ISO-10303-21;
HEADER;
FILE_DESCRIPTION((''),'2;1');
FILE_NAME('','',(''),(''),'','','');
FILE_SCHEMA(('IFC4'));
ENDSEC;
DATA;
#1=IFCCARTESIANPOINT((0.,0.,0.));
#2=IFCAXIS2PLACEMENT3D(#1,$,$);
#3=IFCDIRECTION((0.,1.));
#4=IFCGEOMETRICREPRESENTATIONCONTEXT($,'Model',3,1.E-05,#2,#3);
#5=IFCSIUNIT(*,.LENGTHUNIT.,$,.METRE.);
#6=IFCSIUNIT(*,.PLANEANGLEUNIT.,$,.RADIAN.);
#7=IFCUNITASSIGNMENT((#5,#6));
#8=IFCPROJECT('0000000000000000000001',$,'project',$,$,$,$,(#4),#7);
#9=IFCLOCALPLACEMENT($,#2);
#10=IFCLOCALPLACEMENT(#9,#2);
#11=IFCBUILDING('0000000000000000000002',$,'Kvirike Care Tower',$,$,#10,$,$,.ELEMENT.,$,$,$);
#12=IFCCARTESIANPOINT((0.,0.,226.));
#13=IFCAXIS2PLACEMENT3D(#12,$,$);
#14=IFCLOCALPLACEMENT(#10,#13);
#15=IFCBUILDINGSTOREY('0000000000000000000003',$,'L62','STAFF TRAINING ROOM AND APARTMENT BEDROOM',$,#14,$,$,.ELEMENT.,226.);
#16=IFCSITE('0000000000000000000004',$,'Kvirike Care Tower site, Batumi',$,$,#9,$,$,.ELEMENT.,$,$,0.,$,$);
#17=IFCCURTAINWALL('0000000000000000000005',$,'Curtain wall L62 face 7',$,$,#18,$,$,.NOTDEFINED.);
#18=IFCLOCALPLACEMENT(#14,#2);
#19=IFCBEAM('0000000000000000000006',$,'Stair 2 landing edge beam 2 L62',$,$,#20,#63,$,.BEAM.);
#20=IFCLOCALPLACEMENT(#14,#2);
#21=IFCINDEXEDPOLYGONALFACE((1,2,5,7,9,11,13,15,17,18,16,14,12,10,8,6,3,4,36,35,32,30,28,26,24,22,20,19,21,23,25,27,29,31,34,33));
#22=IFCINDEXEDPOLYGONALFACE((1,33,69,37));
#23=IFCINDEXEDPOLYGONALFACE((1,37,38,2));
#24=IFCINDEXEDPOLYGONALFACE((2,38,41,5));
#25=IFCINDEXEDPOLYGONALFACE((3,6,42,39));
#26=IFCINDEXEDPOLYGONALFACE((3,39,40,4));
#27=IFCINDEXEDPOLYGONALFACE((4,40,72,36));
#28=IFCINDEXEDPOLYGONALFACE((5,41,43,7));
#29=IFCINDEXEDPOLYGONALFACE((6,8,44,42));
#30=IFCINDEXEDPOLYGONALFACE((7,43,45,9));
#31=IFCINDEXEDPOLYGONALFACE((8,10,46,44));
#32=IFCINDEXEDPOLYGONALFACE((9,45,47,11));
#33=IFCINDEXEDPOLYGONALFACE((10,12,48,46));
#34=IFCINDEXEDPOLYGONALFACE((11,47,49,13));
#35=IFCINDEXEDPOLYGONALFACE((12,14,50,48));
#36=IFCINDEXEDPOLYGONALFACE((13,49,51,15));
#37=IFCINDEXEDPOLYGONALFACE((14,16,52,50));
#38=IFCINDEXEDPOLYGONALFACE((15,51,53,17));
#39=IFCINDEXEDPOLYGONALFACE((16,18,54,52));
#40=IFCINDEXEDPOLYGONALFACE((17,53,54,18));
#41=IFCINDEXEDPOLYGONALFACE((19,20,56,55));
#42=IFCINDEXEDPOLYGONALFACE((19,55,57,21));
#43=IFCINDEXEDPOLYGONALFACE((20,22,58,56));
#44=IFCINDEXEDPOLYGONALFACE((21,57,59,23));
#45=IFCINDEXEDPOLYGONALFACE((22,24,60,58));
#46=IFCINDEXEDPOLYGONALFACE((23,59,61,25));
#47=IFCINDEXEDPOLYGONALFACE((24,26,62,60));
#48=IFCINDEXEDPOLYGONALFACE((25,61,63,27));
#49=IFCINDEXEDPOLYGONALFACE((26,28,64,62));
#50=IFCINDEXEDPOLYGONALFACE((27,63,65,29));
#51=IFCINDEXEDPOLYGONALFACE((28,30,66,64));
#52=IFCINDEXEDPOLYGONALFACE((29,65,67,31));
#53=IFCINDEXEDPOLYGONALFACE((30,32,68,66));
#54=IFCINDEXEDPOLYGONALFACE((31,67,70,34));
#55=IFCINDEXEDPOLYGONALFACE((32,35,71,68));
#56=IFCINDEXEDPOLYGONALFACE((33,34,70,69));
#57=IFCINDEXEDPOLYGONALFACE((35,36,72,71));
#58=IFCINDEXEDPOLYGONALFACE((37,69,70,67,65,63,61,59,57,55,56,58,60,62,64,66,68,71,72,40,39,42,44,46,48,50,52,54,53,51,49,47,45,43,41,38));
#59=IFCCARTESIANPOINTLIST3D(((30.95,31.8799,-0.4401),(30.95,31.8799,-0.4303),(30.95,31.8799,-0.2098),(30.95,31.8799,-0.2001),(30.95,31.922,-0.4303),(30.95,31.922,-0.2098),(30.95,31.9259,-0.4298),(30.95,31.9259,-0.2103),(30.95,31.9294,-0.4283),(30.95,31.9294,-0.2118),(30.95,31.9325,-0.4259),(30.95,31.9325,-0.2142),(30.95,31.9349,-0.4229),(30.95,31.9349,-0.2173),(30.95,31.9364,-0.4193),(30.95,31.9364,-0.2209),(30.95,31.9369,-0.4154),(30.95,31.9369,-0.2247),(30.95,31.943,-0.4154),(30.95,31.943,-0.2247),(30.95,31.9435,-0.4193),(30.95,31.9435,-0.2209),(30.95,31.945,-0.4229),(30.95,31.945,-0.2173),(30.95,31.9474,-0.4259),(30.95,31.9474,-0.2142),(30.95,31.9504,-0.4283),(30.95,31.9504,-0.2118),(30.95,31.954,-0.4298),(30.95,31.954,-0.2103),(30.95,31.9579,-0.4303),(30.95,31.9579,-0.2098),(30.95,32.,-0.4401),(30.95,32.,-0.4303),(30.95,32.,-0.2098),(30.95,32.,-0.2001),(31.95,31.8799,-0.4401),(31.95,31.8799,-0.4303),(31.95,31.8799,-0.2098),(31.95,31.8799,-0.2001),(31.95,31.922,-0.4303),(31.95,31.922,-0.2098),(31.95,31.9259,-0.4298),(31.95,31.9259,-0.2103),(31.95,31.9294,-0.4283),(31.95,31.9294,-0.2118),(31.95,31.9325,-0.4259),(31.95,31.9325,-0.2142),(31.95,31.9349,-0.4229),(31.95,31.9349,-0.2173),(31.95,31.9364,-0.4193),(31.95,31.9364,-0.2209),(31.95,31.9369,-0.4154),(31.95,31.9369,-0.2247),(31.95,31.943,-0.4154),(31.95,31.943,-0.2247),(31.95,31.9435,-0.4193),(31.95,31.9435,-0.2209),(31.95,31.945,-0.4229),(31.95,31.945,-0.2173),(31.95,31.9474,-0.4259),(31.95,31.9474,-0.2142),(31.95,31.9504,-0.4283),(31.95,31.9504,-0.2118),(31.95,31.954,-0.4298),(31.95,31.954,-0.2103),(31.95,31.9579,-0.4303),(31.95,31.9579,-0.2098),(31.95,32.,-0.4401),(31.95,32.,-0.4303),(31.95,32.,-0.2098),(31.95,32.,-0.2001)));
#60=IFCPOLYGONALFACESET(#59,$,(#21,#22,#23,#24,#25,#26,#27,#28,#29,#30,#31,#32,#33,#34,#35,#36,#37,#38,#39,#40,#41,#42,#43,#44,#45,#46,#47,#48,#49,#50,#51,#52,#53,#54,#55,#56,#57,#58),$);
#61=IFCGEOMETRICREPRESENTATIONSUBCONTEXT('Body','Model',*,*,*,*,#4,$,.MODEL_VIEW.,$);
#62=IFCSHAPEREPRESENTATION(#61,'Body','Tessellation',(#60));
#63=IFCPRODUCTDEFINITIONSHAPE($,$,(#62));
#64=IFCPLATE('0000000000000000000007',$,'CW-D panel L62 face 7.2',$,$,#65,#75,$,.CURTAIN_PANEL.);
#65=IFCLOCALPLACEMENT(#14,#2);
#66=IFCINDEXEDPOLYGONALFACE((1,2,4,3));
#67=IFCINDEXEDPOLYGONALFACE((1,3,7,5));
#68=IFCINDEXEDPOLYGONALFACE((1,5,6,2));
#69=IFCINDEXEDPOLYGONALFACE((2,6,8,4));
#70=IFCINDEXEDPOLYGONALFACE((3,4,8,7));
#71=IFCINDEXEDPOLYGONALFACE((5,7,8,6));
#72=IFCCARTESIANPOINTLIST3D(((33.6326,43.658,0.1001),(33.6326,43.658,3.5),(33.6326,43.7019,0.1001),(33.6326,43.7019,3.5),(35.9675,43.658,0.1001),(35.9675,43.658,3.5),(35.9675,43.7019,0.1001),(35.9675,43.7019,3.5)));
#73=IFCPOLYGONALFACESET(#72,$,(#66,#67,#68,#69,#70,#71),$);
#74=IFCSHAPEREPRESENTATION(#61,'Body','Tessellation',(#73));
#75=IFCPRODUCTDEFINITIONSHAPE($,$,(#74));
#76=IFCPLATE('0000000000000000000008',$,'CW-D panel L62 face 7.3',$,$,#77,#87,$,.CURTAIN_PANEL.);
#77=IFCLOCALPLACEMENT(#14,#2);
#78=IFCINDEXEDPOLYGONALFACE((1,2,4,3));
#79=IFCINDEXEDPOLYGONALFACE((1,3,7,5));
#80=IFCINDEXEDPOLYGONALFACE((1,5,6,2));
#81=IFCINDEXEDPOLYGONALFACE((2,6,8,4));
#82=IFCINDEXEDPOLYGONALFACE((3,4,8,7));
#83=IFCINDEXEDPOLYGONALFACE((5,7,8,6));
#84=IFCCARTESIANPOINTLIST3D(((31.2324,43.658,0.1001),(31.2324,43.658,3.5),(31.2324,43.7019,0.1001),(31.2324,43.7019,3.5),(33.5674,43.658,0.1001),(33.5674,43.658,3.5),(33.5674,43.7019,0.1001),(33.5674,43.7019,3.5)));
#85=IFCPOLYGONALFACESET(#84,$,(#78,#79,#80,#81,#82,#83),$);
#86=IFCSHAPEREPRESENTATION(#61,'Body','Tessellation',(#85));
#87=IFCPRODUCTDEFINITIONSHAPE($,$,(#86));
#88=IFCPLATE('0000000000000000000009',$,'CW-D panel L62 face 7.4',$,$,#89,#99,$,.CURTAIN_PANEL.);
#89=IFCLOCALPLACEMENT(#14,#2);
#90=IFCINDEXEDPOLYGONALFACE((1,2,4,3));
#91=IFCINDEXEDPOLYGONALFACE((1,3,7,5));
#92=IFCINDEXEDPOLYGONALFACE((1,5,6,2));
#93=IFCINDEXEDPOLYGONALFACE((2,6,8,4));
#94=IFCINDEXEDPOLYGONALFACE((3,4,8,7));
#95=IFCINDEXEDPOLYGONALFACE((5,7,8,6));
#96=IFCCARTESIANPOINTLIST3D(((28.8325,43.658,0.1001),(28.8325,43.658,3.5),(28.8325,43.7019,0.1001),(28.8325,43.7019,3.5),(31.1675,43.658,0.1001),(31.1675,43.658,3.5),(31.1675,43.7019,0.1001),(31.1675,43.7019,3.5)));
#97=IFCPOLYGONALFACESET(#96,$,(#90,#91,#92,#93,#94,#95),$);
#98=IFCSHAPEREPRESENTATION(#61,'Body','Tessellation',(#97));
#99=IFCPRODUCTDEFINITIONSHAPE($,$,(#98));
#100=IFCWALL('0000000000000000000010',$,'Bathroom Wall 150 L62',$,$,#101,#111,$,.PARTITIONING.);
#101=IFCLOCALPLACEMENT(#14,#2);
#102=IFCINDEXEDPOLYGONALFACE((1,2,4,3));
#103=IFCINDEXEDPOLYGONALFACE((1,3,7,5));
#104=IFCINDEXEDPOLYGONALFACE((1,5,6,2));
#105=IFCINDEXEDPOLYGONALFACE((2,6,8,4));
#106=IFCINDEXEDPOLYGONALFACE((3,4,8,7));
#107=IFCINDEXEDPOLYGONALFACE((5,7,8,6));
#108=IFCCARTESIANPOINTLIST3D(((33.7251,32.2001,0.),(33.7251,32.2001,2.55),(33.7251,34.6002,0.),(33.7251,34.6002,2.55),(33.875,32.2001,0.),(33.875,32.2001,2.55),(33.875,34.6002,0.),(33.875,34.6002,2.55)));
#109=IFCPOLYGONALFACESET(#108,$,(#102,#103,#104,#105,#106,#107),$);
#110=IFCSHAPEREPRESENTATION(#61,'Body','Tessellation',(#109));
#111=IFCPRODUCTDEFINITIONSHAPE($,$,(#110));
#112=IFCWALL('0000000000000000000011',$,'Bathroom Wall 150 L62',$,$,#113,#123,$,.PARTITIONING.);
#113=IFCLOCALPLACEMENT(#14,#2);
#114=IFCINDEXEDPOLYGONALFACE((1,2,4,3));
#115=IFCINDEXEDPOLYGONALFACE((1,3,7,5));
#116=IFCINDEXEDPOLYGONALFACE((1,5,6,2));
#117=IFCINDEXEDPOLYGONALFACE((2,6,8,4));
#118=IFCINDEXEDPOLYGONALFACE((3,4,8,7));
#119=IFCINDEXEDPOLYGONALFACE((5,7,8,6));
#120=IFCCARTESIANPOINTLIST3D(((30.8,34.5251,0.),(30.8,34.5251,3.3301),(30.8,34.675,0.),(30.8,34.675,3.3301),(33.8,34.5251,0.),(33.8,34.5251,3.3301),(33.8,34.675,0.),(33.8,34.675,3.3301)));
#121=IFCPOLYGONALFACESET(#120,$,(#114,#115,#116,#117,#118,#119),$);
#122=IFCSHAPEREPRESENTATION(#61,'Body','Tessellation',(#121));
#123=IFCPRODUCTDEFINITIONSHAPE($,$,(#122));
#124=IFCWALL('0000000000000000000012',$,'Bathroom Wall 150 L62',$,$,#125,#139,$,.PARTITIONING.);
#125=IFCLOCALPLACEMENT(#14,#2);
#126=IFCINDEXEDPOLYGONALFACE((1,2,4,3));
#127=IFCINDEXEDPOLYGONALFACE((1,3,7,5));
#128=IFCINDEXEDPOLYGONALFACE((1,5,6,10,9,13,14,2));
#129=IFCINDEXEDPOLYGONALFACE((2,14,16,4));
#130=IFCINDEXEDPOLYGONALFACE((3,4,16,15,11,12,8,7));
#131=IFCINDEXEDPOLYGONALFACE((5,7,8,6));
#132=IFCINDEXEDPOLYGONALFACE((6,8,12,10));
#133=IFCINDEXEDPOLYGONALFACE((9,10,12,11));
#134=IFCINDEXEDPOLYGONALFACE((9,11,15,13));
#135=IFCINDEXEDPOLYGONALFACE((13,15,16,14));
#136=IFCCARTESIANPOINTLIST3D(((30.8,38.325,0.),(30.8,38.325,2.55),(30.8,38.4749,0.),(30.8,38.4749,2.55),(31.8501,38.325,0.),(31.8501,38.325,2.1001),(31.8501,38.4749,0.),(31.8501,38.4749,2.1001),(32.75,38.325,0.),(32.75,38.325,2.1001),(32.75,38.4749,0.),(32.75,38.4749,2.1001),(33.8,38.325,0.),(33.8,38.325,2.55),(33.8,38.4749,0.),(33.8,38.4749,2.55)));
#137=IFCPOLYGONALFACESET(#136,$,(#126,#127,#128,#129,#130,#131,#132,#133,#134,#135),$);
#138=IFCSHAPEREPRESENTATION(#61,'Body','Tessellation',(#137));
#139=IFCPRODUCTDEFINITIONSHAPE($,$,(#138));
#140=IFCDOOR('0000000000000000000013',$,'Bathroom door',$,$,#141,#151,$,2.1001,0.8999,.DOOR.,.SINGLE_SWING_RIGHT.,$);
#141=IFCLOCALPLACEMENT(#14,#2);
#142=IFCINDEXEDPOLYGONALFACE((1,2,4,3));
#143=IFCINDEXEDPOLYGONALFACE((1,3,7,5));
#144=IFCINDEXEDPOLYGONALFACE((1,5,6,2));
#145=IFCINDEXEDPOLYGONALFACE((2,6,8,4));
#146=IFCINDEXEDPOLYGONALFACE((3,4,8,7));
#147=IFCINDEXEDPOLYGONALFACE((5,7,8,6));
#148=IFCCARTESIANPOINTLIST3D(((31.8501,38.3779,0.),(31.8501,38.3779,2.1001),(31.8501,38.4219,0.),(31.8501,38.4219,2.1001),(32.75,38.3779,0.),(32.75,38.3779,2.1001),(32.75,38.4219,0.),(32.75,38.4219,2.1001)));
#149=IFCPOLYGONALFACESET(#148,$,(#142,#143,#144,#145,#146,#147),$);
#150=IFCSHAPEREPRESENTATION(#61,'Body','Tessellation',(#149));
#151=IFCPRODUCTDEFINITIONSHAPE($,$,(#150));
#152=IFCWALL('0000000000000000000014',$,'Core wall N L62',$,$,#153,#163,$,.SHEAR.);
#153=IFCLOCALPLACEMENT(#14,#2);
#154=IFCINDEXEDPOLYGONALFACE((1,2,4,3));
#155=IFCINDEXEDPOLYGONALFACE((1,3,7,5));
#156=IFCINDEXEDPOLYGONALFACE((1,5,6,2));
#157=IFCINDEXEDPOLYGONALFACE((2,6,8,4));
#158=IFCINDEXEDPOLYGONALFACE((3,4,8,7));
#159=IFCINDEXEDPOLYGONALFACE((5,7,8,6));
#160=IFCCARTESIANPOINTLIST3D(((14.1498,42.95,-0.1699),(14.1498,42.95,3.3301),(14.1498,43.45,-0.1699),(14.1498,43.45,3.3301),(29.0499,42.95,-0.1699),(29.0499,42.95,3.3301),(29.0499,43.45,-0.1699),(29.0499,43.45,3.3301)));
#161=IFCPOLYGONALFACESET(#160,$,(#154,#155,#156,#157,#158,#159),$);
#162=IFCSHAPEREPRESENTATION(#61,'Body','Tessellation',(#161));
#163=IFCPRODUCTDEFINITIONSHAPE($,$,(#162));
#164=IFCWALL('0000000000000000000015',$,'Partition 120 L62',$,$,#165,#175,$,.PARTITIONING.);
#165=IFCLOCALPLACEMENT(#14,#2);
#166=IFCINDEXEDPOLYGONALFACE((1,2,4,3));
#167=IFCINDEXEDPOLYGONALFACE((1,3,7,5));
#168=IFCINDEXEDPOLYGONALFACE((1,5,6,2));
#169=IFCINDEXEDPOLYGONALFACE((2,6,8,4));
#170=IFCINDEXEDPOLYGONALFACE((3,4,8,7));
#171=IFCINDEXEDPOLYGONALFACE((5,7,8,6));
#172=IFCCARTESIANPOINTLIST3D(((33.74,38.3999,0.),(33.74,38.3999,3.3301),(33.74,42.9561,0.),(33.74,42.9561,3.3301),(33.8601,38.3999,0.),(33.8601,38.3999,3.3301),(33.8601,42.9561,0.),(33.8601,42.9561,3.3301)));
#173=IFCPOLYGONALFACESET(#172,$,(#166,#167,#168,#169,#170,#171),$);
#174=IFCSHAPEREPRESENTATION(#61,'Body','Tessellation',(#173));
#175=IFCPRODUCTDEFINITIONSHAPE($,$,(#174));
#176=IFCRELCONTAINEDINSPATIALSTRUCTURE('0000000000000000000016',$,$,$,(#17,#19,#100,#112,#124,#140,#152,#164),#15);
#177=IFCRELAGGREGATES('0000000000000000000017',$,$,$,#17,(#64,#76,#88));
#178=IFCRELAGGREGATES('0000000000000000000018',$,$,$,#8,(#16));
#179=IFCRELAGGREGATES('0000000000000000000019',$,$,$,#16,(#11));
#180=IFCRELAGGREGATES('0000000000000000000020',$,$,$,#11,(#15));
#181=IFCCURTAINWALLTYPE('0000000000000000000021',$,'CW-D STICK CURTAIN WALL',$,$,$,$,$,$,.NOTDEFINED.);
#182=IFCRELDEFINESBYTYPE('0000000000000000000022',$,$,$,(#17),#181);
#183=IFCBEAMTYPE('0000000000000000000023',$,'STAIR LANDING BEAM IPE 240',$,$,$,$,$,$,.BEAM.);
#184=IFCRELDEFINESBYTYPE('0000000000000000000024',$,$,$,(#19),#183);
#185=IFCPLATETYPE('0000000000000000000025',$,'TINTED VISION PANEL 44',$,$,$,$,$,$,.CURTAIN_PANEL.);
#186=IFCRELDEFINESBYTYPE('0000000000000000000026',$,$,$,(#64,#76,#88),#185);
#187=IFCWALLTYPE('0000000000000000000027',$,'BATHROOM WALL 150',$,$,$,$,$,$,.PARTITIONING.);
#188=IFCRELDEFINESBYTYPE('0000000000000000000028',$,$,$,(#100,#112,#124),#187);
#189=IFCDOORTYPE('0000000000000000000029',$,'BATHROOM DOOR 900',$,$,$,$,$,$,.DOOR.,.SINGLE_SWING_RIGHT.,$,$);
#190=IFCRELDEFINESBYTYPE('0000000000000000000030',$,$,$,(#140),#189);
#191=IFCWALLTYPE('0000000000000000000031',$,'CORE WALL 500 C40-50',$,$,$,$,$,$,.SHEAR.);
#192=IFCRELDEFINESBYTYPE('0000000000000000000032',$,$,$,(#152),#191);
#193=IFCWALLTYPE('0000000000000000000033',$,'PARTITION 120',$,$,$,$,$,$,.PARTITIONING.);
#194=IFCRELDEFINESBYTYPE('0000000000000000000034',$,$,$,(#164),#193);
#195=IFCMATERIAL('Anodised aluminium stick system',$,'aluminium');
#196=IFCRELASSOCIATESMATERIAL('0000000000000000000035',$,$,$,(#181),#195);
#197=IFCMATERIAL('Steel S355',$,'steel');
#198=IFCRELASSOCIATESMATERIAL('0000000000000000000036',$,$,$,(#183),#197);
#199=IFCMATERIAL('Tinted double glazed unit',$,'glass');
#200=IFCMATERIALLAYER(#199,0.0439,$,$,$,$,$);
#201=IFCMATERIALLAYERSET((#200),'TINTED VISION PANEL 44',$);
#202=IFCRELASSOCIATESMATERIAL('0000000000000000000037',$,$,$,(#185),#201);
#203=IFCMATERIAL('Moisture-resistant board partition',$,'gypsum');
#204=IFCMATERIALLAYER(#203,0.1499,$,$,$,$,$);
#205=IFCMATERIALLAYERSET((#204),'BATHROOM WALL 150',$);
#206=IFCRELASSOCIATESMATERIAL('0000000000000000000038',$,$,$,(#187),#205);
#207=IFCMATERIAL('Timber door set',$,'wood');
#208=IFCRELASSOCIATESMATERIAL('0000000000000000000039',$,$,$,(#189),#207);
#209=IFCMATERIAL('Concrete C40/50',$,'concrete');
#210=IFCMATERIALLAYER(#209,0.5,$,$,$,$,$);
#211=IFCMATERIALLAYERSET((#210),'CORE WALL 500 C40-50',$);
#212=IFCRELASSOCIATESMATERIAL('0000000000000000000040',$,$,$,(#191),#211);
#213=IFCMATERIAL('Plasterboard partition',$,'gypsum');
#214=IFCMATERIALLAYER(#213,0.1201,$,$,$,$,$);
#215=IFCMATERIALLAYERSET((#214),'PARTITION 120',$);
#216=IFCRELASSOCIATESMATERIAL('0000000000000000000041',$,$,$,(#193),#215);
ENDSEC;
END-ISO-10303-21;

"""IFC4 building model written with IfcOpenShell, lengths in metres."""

from ifc_helpers import new_model, si_unit, direction, frame, frame_2d, origin, origin_2d, place, context, subcontext, project, spatial, rectangle, i_section, extrude, material, layer, layer_set, material_profile, profile_set, type_object, element, fill, aggregate, save


model = new_model("IFC4")

# Units and contexts
model_context = context("Model", 3, precision=1e-05, world=origin(), true_north=direction((0.0, 1.0)))
body_context = subcontext(model_context, "Body", "Model", "MODEL_VIEW")
ifc_project = project(units=[si_unit("LENGTHUNIT", "METRE"), si_unit("PLANEANGLEUNIT", "RADIAN")], contexts=[model_context])

# Site, building, storey
site_placement = place(None, origin())
site = spatial("IfcSite", under=ifc_project, at=site_placement, Name="Kvirike Care Tower site, Batumi", CompositionType="ELEMENT", RefElevation=0.0)
building_placement = place(site_placement, origin())
building = spatial("IfcBuilding", under=site, at=building_placement, Name="Kvirike Care Tower", CompositionType="ELEMENT")
storey_placement = place(building_placement, frame((0.0, 0.0, 226.0)))
storey = spatial("IfcBuildingStorey", under=building, at=storey_placement, Name="L62", Description="STAFF TRAINING ROOM AND APARTMENT BEDROOM", CompositionType="ELEMENT", Elevation=226.0)

# Curtain wall
ifc_material_1 = material(Name="Anodised aluminium stick system", Category="aluminium")
curtain_wall_type = type_object("IfcCurtainWallType", Name="CW-D STICK CURTAIN WALL", PredefinedType="NOTDEFINED", material=ifc_material_1)
curtain_wall_placement = place(storey_placement, origin())
curtain_wall = element("IfcCurtainWall", 1, at=curtain_wall_placement, inside=storey, type_object=curtain_wall_type, Name="Curtain wall L62 face 7", PredefinedType="NOTDEFINED")

# Beam
ifc_material_2 = material(Name="Steel S355", Category="steel")
ifc_material_profile_1 = material_profile(ifc_material_2, i_section(OverallWidth=0.1201, OverallDepth=0.24, WebThickness=0.0061, FlangeThickness=0.0098, FilletRadius=0.0149, at=origin_2d()), Name="IPE 240")
ifc_profile_set_1 = profile_set([ifc_material_profile_1], Name="Steel S355")
beam_type_1 = type_object("IfcBeamType", Name="STAIR LANDING BEAM IPE 240", PredefinedType="BEAM", material=ifc_profile_set_1)
beam_1_placement = place(storey_placement, frame((31.95, 31.9399, -0.3201), z_axis=(-1.0, 0.0, 0.0), x_axis=(0.0, -1.0, 0.0)))
element("IfcBeam", 2, at=beam_1_placement, inside=storey, type_object=beam_type_1, Name="Stair 2 landing edge beam 2 L62", PredefinedType="BEAM", context=body_context, shape_type="SweptSolid", body=[
    extrude(i_section(OverallWidth=0.1201, OverallDepth=0.24, WebThickness=0.0061, FlangeThickness=0.0098, FilletRadius=0.0149, at=origin_2d()), origin(), (0.0, 0.0, 1.0), 1.0),
])

# Plates
ifc_material_3 = material(Name="Tinted double glazed unit", Category="glass")
ifc_layer_1 = layer(ifc_material_3, 0.0439)
ifc_layer_set_1 = layer_set([ifc_layer_1], Name="TINTED VISION PANEL 44")
plate_type = type_object("IfcPlateType", Name="TINTED VISION PANEL 44", PredefinedType="CURTAIN_PANEL", material=ifc_layer_set_1)
plate_1_placement = place(storey_placement, frame((34.8, 43.6799, 0.1001), z_axis=(0.0, 0.0, 1.0), x_axis=(-1.0, 0.0, 0.0)))
plate_1 = element("IfcPlate", 3, at=plate_1_placement, type_object=plate_type, Name="CW-D panel L62 face 7.2", PredefinedType="CURTAIN_PANEL", context=body_context, shape_type="SweptSolid", body=[
    extrude(rectangle(XDim=2.335, YDim=0.0439, at=origin_2d()), origin(), (0.0, 0.0, 1.0), 3.3999),
])
plate_2_placement = place(storey_placement, frame((32.3999, 43.6799, 0.1001), z_axis=(0.0, 0.0, 1.0), x_axis=(-1.0, 0.0, 0.0)))
plate_2 = element("IfcPlate", 4, at=plate_2_placement, type_object=plate_type, Name="CW-D panel L62 face 7.3", PredefinedType="CURTAIN_PANEL", context=body_context, shape_type="SweptSolid", body=[
    extrude(rectangle(XDim=2.335, YDim=0.0439, at=origin_2d()), origin(), (0.0, 0.0, 1.0), 3.3999),
])
plate_3_placement = place(storey_placement, frame((30.0, 43.6799, 0.1001), z_axis=(0.0, 0.0, 1.0), x_axis=(-1.0, 0.0, 0.0)))
plate_3 = element("IfcPlate", 5, at=plate_3_placement, type_object=plate_type, Name="CW-D panel L62 face 7.4", PredefinedType="CURTAIN_PANEL", context=body_context, shape_type="SweptSolid", body=[
    extrude(rectangle(XDim=2.335, YDim=0.0439, at=origin_2d()), origin(), (0.0, 0.0, 1.0), 3.3999),
])
aggregate(curtain_wall, [plate_1, plate_2, plate_3])

# Walls
ifc_material_4 = material(Name="Moisture-resistant board partition", Category="gypsum")
ifc_layer_2 = layer(ifc_material_4, 0.1499)
ifc_layer_set_2 = layer_set([ifc_layer_2], Name="BATHROOM WALL 150")
wall_type_1 = type_object("IfcWallType", Name="BATHROOM WALL 150", PredefinedType="PARTITIONING", material=ifc_layer_set_2)
wall_1_placement = place(storey_placement, frame((33.8, 32.2, 0.0), z_axis=(0.0, 0.0, 1.0), x_axis=(0.0, 1.0, 0.0)))
element("IfcWall", 6, at=wall_1_placement, inside=storey, type_object=wall_type_1, Name="Bathroom Wall 150 L62", PredefinedType="PARTITIONING", context=body_context, shape_type="SweptSolid", body=[
    extrude(rectangle(XDim=2.4001, YDim=0.1499, at=frame_2d((1.2002, 0.0))), origin(), (0.0, 0.0, 1.0), 2.55),
])
wall_2_placement = place(storey_placement, frame((33.8, 34.6001, 0.0), z_axis=(0.0, 0.0, 1.0), x_axis=(-1.0, 0.0, 0.0)))
element("IfcWall", 7, at=wall_2_placement, inside=storey, type_object=wall_type_1, Name="Bathroom Wall 150 L62", PredefinedType="PARTITIONING", context=body_context, shape_type="SweptSolid", body=[
    extrude(rectangle(XDim=3.0, YDim=0.1499, at=frame_2d((1.5, 0.0))), origin(), (0.0, 0.0, 1.0), 3.3301),
])

# Wall, opening, door
wall_3_placement = place(storey_placement, frame((33.8, 38.3999, 0.0), z_axis=(0.0, 0.0, 1.0), x_axis=(-1.0, 0.0, 0.0)))
wall_3 = element("IfcWall", 8, at=wall_3_placement, inside=storey, type_object=wall_type_1, Name="Bathroom Wall 150 L62", PredefinedType="PARTITIONING", context=body_context, shape_type="SweptSolid", body=[
    extrude(rectangle(XDim=3.0, YDim=0.1499, at=frame_2d((1.5, 0.0))), origin(), (0.0, 0.0, 1.0), 2.55),
])
opening_placement = place(wall_3_placement, frame((1.05, 0.0, 0.0)))
opening = element("IfcOpeningElement", 9, at=opening_placement, cuts=wall_3, PredefinedType="OPENING", context=body_context, shape_type="SweptSolid", body=[
    extrude(rectangle(XDim=0.8999, YDim=2.1001, at=frame_2d((0.45, 1.05))), frame((0.0, 0.0854, 0.0), z_axis=(0.0, -1.0, 0.0), x_axis=(1.0, 0.0, 0.0)), (0.0, 0.0, 1.0), 0.1709),
])
ifc_material_5 = material(Name="Timber door set", Category="wood")
door_type = type_object("IfcDoorType", Name="BATHROOM DOOR 900", OperationType="SINGLE_SWING_RIGHT", PredefinedType="DOOR", material=ifc_material_5)
door_placement = place(opening_placement, frame((0.8999, 0.0, 0.0), z_axis=(0.0, 0.0, 1.0), x_axis=(-1.0, 0.0, 0.0)))
door = element("IfcDoor", 10, at=door_placement, inside=storey, type_object=door_type, Name="Bathroom door", OperationType="SINGLE_SWING_RIGHT", OverallHeight=2.1001, OverallWidth=0.8999, PredefinedType="DOOR", context=body_context, shape_type="SweptSolid", body=[
    extrude(rectangle(XDim=0.8999, YDim=2.1001, at=frame_2d((0.45, 1.05))), frame((0.0, 0.022, 0.0), z_axis=(0.0, -1.0, 0.0), x_axis=(1.0, 0.0, 0.0)), (0.0, 0.0, 1.0), 0.0439),
])
fill(opening, door)

# Walls
ifc_material_6 = material(Name="Concrete C40/50", Category="concrete")
ifc_layer_3 = layer(ifc_material_6, 0.5)
ifc_layer_set_3 = layer_set([ifc_layer_3], Name="CORE WALL 500 C40-50")
wall_type_2 = type_object("IfcWallType", Name="CORE WALL 500 C40-50", PredefinedType="SHEAR", material=ifc_layer_set_3)
wall_4_placement = place(storey_placement, frame((29.05, 43.2, -0.1699), z_axis=(0.0, 0.0, 1.0), x_axis=(-1.0, 0.0, 0.0)))
element("IfcWall", 11, at=wall_4_placement, inside=storey, type_object=wall_type_2, Name="Core wall N L62", PredefinedType="SHEAR", context=body_context, shape_type="SweptSolid", body=[
    extrude(rectangle(XDim=14.9001, YDim=0.5, at=frame_2d((7.4502, 0.0))), origin(), (0.0, 0.0, 1.0), 3.5),
])
ifc_material_7 = material(Name="Plasterboard partition", Category="gypsum")
ifc_layer_4 = layer(ifc_material_7, 0.1201)
ifc_layer_set_4 = layer_set([ifc_layer_4], Name="PARTITION 120")
wall_type_3 = type_object("IfcWallType", Name="PARTITION 120", PredefinedType="PARTITIONING", material=ifc_layer_set_4)
wall_5_placement = place(storey_placement, frame((33.8, 38.3999, 0.0), z_axis=(0.0, 0.0, 1.0), x_axis=(0.0, 1.0, 0.0)))
element("IfcWall", 12, at=wall_5_placement, inside=storey, type_object=wall_type_3, Name="Partition 120 L62", PredefinedType="PARTITIONING", context=body_context, shape_type="SweptSolid", body=[
    extrude(rectangle(XDim=4.5562, YDim=0.1201, at=frame_2d((2.2781, 0.0))), origin(), (0.0, 0.0, 1.0), 3.3301),
])

save(model, "model.ifc")
